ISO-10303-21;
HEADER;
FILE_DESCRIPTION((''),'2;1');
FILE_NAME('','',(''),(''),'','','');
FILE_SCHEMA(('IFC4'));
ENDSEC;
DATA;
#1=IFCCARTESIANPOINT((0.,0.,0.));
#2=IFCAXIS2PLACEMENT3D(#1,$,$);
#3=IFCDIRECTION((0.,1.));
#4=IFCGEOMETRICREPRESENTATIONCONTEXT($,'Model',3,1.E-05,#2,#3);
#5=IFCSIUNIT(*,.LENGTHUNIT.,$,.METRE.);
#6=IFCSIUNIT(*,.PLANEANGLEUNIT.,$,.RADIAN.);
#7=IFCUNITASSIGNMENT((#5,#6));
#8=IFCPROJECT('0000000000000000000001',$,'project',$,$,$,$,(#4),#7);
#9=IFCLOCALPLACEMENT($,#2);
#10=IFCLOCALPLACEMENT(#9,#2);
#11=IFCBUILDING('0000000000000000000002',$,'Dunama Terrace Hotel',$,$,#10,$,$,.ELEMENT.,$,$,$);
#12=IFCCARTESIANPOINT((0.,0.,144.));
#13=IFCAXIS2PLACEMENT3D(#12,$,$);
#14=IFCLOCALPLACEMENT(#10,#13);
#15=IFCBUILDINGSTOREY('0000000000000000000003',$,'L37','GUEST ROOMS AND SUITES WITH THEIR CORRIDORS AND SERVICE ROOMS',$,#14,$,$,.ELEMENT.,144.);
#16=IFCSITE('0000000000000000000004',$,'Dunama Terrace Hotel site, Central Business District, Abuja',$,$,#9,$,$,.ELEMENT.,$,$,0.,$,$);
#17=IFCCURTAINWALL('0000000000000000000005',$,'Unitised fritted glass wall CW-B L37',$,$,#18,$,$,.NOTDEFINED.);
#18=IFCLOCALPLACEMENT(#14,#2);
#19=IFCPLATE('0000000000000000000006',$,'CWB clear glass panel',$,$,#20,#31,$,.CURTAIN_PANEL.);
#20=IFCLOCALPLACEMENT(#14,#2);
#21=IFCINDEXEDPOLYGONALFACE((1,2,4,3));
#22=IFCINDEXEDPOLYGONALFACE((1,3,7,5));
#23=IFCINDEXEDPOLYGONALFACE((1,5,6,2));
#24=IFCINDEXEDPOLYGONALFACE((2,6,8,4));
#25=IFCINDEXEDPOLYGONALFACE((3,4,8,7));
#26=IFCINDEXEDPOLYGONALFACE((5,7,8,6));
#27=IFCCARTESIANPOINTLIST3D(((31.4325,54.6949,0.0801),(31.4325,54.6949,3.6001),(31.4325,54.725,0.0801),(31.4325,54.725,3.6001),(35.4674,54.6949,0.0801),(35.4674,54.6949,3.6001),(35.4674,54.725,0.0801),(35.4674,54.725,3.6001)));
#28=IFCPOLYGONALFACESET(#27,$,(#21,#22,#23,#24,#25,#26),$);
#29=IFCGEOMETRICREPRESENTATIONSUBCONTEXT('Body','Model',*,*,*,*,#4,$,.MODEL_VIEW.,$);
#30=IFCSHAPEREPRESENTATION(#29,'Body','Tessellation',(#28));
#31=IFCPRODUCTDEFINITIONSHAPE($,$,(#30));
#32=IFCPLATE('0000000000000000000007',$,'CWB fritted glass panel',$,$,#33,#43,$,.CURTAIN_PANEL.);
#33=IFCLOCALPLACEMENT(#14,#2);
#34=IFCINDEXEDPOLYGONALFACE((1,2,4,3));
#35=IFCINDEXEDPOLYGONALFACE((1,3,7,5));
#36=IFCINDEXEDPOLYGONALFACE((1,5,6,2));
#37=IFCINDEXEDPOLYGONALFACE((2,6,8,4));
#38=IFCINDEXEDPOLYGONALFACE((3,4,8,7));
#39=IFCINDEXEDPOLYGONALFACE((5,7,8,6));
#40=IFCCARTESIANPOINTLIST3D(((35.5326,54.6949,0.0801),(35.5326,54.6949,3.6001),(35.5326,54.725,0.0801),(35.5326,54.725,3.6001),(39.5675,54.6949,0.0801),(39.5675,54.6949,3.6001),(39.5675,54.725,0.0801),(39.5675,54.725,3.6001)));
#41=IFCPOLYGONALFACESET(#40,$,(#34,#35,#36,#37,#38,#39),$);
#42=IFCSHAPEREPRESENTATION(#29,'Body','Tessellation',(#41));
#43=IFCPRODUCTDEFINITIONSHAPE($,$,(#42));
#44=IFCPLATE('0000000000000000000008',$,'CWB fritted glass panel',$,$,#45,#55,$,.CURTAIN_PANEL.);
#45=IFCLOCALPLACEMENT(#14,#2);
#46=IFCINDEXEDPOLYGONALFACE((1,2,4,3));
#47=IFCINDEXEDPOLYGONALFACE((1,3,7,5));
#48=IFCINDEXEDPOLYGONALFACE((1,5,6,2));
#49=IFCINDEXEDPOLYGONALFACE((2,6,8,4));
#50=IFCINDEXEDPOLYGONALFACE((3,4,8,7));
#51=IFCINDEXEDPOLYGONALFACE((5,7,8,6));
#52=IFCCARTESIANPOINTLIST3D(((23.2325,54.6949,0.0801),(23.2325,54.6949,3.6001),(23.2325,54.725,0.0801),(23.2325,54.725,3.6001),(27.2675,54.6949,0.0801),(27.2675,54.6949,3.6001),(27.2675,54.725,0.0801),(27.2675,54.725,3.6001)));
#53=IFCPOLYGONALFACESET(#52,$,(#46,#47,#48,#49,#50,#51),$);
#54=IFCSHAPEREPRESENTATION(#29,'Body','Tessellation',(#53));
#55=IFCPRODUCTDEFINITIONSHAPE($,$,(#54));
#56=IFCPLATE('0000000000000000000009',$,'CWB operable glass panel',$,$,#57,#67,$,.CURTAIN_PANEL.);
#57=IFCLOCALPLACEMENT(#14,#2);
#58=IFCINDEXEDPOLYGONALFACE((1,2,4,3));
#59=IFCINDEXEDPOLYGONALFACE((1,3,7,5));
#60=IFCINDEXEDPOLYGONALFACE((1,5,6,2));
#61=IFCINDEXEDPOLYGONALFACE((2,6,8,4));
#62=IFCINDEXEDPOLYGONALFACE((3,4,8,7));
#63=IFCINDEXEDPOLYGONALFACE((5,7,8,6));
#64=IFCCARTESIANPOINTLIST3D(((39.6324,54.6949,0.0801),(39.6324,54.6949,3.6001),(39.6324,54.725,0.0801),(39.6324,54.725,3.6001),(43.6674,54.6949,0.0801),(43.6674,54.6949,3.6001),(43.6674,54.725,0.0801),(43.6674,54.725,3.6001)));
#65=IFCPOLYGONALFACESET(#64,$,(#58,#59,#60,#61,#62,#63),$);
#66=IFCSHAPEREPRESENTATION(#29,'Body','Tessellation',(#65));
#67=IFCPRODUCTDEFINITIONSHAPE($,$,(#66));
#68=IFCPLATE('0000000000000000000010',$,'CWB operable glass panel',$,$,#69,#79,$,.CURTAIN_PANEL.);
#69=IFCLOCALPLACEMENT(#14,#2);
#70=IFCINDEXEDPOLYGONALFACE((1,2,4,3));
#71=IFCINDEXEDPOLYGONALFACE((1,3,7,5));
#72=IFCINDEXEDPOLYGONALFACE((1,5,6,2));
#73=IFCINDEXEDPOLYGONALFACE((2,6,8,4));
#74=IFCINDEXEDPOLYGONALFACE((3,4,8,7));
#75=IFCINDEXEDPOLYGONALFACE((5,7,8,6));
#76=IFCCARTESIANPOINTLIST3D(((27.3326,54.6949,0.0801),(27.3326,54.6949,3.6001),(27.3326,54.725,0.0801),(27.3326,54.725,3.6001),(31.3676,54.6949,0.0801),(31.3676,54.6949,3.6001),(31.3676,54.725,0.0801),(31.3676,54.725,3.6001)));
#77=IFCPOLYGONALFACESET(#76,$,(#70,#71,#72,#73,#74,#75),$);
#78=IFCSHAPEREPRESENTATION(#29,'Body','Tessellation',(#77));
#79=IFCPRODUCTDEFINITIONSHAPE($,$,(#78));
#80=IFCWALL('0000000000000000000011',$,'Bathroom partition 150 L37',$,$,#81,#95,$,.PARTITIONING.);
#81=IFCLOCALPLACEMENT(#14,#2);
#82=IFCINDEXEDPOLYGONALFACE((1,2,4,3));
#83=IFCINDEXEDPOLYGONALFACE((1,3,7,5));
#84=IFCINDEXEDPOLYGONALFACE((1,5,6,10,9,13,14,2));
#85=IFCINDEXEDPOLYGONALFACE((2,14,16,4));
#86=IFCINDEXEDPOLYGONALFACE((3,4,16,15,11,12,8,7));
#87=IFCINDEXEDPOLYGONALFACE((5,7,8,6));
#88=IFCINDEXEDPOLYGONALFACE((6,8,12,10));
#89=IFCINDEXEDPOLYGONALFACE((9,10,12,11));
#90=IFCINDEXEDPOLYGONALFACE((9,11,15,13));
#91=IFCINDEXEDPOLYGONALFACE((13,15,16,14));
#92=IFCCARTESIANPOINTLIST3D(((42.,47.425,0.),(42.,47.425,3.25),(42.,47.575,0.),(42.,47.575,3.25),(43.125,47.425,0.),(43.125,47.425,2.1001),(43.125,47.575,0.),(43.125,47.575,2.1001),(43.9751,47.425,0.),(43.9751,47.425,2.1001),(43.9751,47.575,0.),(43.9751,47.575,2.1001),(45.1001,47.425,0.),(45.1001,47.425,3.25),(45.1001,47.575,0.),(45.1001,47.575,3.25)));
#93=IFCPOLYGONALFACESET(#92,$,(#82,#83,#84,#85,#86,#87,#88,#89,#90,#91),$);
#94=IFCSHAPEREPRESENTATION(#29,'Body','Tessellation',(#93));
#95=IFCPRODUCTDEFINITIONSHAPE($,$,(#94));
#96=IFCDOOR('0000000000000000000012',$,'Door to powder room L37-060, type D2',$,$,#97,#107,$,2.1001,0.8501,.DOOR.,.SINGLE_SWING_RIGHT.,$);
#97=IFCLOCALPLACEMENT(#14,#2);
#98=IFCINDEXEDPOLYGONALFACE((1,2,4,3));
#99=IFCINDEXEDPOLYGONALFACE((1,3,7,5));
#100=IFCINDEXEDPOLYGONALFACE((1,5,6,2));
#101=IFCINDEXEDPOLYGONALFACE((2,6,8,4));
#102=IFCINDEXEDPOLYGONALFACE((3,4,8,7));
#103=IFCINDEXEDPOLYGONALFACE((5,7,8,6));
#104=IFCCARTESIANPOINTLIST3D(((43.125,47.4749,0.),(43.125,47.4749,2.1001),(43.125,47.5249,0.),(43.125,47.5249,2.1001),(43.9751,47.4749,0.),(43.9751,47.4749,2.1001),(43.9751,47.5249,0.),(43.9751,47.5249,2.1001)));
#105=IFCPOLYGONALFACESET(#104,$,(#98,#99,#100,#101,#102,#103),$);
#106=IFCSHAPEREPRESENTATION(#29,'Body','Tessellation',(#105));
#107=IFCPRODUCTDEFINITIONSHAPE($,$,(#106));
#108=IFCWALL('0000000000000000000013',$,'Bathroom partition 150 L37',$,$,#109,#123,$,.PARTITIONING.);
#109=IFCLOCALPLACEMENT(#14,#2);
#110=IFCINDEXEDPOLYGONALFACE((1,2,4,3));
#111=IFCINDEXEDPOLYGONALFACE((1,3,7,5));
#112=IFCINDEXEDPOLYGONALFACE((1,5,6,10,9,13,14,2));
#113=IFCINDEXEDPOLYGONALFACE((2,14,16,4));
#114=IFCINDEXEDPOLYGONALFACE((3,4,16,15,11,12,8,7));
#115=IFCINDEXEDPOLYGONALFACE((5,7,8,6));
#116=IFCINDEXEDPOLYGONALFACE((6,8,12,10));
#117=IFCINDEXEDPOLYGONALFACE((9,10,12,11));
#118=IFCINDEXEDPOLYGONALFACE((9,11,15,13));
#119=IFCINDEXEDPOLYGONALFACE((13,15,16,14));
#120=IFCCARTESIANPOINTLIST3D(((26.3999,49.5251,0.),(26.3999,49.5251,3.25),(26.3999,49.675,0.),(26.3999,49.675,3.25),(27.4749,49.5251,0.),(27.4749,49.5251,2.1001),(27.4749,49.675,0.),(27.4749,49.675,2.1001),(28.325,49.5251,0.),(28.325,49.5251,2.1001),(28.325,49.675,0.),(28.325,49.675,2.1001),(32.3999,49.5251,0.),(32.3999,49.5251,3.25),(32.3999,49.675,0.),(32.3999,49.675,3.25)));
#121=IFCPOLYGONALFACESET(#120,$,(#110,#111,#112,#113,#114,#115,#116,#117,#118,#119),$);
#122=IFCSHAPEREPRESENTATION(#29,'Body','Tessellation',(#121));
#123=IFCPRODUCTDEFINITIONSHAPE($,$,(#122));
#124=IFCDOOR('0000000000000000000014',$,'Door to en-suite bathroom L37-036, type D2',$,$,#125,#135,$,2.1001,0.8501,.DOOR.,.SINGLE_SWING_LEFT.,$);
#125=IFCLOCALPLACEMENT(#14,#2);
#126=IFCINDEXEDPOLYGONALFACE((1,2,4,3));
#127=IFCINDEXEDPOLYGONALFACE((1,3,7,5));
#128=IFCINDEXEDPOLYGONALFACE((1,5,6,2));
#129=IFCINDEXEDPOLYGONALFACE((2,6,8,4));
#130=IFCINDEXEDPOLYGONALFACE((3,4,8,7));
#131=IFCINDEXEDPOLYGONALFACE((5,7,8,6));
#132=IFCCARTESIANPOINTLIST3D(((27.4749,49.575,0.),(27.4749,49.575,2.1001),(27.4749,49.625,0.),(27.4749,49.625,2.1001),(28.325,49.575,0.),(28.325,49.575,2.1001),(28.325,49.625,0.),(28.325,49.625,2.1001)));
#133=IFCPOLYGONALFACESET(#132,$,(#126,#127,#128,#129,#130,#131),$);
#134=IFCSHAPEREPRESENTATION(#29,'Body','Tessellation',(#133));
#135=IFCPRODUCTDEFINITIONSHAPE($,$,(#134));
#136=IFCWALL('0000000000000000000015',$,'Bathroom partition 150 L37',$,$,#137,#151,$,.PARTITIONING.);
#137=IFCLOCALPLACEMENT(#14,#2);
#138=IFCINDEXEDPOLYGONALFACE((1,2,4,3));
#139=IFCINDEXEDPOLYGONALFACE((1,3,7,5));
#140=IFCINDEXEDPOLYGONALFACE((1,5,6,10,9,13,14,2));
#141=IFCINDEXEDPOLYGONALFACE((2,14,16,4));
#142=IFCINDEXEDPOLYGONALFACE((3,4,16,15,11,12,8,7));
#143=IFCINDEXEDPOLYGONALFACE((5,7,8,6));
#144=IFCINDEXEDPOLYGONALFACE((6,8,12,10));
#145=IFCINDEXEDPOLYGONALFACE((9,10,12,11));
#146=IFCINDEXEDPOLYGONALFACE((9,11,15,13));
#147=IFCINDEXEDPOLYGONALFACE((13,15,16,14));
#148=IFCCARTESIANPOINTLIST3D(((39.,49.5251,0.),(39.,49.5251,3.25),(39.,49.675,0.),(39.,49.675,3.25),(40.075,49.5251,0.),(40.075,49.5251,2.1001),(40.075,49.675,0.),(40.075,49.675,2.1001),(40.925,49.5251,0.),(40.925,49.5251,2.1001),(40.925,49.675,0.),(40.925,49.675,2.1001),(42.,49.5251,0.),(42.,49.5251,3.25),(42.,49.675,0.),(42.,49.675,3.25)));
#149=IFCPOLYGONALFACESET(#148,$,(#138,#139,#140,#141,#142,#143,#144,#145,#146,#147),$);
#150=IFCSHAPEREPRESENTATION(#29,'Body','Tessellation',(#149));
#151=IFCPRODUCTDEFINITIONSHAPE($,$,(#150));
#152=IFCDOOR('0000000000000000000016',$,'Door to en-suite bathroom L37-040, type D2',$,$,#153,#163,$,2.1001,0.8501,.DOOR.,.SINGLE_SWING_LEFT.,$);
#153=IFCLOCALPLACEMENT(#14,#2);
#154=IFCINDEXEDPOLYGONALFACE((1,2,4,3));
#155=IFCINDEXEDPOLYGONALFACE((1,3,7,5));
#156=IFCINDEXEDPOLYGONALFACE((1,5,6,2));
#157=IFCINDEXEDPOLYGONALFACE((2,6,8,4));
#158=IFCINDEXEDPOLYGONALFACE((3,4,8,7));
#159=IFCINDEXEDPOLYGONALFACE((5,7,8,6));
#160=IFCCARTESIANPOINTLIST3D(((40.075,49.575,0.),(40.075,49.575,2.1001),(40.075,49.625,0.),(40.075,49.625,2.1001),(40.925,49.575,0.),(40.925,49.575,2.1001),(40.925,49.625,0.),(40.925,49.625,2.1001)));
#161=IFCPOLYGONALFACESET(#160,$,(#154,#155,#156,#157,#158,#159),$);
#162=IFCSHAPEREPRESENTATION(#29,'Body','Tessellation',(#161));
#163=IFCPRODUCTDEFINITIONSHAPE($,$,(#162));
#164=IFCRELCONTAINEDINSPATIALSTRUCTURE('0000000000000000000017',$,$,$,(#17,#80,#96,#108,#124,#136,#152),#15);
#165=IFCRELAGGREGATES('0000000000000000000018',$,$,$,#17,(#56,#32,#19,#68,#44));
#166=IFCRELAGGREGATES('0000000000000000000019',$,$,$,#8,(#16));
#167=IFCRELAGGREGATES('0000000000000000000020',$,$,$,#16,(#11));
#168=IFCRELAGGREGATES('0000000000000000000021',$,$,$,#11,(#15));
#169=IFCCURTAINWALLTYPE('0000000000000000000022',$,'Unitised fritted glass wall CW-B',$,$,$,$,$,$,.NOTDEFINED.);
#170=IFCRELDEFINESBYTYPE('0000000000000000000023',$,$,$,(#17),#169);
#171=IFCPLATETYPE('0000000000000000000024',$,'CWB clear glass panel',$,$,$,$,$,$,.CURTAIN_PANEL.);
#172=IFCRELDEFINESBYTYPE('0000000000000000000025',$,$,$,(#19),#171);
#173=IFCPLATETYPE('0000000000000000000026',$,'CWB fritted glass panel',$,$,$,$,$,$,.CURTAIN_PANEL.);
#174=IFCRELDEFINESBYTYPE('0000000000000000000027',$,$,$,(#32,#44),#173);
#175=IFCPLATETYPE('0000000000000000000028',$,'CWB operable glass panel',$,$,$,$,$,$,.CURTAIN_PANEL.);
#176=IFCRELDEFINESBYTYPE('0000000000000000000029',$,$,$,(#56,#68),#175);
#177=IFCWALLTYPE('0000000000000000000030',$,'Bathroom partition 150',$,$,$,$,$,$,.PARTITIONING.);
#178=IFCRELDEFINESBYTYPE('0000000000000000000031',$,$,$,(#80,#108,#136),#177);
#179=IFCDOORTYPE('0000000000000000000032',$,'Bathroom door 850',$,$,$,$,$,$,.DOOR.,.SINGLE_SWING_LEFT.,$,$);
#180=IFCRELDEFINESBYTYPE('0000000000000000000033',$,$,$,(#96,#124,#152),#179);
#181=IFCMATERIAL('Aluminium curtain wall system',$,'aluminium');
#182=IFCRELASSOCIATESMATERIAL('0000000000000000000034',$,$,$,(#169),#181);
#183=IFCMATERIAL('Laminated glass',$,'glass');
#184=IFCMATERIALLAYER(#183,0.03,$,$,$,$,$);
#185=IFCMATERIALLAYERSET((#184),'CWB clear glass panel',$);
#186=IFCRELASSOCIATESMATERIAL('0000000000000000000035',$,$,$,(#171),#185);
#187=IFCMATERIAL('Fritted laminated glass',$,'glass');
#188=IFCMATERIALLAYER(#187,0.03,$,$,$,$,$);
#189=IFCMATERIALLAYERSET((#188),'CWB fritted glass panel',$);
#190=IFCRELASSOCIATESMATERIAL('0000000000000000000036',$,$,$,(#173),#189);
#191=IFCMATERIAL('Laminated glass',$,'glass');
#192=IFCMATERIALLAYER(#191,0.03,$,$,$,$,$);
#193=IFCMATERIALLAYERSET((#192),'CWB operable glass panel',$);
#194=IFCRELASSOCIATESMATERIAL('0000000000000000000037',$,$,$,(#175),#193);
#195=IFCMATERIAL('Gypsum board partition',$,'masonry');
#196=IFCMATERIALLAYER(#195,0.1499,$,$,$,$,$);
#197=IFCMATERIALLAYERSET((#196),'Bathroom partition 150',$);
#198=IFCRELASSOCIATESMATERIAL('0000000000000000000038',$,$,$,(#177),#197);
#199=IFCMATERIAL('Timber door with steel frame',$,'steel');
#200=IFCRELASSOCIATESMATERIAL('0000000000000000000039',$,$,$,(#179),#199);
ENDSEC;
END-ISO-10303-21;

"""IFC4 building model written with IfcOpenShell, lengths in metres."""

from ifc_helpers import new_model, si_unit, direction, frame, frame_2d, origin, origin_2d, place, context, subcontext, project, spatial, rectangle, extrude, material, layer, layer_set, type_object, element, fill, aggregate, save


model = new_model("IFC4")

# Units and contexts
model_context = context("Model", 3, precision=1e-05, world=origin(), true_north=direction((0.0, 1.0)))
body_context = subcontext(model_context, "Body", "Model", "MODEL_VIEW")
ifc_project = project(units=[si_unit("LENGTHUNIT", "METRE"), si_unit("PLANEANGLEUNIT", "RADIAN")], contexts=[model_context])

# Site, building, storey
site_placement = place(None, origin())
site = spatial("IfcSite", under=ifc_project, at=site_placement, Name="Dunama Terrace Hotel site, Central Business District, Abuja", CompositionType="ELEMENT", RefElevation=0.0)
building_placement = place(site_placement, origin())
building = spatial("IfcBuilding", under=site, at=building_placement, Name="Dunama Terrace Hotel", CompositionType="ELEMENT")
storey_placement = place(building_placement, frame((0.0, 0.0, 144.0)))
storey = spatial("IfcBuildingStorey", under=building, at=storey_placement, Name="L37", Description="GUEST ROOMS AND SUITES WITH THEIR CORRIDORS AND SERVICE ROOMS", CompositionType="ELEMENT", Elevation=144.0)

# Curtain wall
ifc_material_1 = material(Name="Aluminium curtain wall system", Category="aluminium")
curtain_wall_type = type_object("IfcCurtainWallType", Name="Unitised fritted glass wall CW-B", PredefinedType="NOTDEFINED", material=ifc_material_1)
curtain_wall_placement = place(storey_placement, origin())
curtain_wall = element("IfcCurtainWall", 1, at=curtain_wall_placement, inside=storey, type_object=curtain_wall_type, Name="Unitised fritted glass wall CW-B L37", PredefinedType="NOTDEFINED")

# Plates
ifc_material_2 = material(Name="Laminated glass", Category="glass")
ifc_layer_1 = layer(ifc_material_2, 0.03)
ifc_layer_set_1 = layer_set([ifc_layer_1], Name="CWB clear glass panel")
plate_type_1 = type_object("IfcPlateType", Name="CWB clear glass panel", PredefinedType="CURTAIN_PANEL", material=ifc_layer_set_1)
plate_1_placement = place(storey_placement, frame((33.45, 54.71, 0.0801), z_axis=(0.0, 0.0, 1.0), x_axis=(-1.0, 0.0, 0.0)))
plate_1 = element("IfcPlate", 2, at=plate_1_placement, type_object=plate_type_1, Name="CWB clear glass panel", PredefinedType="CURTAIN_PANEL", context=body_context, shape_type="SweptSolid", body=[
    extrude(rectangle(XDim=4.0349, YDim=0.03, at=origin_2d()), origin(), (0.0, 0.0, 1.0), 3.52),
])
ifc_material_3 = material(Name="Fritted laminated glass", Category="glass")
ifc_layer_2 = layer(ifc_material_3, 0.03)
ifc_layer_set_2 = layer_set([ifc_layer_2], Name="CWB fritted glass panel")
plate_type_2 = type_object("IfcPlateType", Name="CWB fritted glass panel", PredefinedType="CURTAIN_PANEL", material=ifc_layer_set_2)
plate_2_placement = place(storey_placement, frame((37.55, 54.71, 0.0801), z_axis=(0.0, 0.0, 1.0), x_axis=(-1.0, 0.0, 0.0)))
plate_2 = element("IfcPlate", 3, at=plate_2_placement, type_object=plate_type_2, Name="CWB fritted glass panel", PredefinedType="CURTAIN_PANEL", context=body_context, shape_type="SweptSolid", body=[
    extrude(rectangle(XDim=4.0349, YDim=0.03, at=origin_2d()), origin(), (0.0, 0.0, 1.0), 3.52),
])
plate_3_placement = place(storey_placement, frame((25.25, 54.71, 0.0801), z_axis=(0.0, 0.0, 1.0), x_axis=(-1.0, 0.0, 0.0)))
plate_3 = element("IfcPlate", 4, at=plate_3_placement, type_object=plate_type_2, Name="CWB fritted glass panel", PredefinedType="CURTAIN_PANEL", context=body_context, shape_type="SweptSolid", body=[
    extrude(rectangle(XDim=4.0349, YDim=0.03, at=origin_2d()), origin(), (0.0, 0.0, 1.0), 3.52),
])
ifc_material_4 = material(Name="Laminated glass", Category="glass")
ifc_layer_3 = layer(ifc_material_4, 0.03)
ifc_layer_set_3 = layer_set([ifc_layer_3], Name="CWB operable glass panel")
plate_type_3 = type_object("IfcPlateType", Name="CWB operable glass panel", PredefinedType="CURTAIN_PANEL", material=ifc_layer_set_3)
plate_4_placement = place(storey_placement, frame((41.6499, 54.71, 0.0801), z_axis=(0.0, 0.0, 1.0), x_axis=(-1.0, 0.0, 0.0)))
plate_4 = element("IfcPlate", 5, at=plate_4_placement, type_object=plate_type_3, Name="CWB operable glass panel", PredefinedType="CURTAIN_PANEL", context=body_context, shape_type="SweptSolid", body=[
    extrude(rectangle(XDim=4.0349, YDim=0.03, at=origin_2d()), origin(), (0.0, 0.0, 1.0), 3.52),
])
plate_5_placement = place(storey_placement, frame((29.3501, 54.71, 0.0801), z_axis=(0.0, 0.0, 1.0), x_axis=(-1.0, 0.0, 0.0)))
plate_5 = element("IfcPlate", 6, at=plate_5_placement, type_object=plate_type_3, Name="CWB operable glass panel", PredefinedType="CURTAIN_PANEL", context=body_context, shape_type="SweptSolid", body=[
    extrude(rectangle(XDim=4.0349, YDim=0.03, at=origin_2d()), origin(), (0.0, 0.0, 1.0), 3.52),
])
aggregate(curtain_wall, [plate_4, plate_2, plate_1, plate_5, plate_3])

# Walls, openings, doors
ifc_material_5 = material(Name="Gypsum board partition", Category="masonry")
ifc_layer_4 = layer(ifc_material_5, 0.1499)
ifc_layer_set_4 = layer_set([ifc_layer_4], Name="Bathroom partition 150")
wall_type_1 = type_object("IfcWallType", Name="Bathroom partition 150", PredefinedType="PARTITIONING", material=ifc_layer_set_4)
wall_1_placement = place(storey_placement, frame((42.0, 47.5, 0.0), z_axis=(0.0, 0.0, 1.0), x_axis=(1.0, 0.0, 0.0)))
wall_1 = element("IfcWall", 7, at=wall_1_placement, inside=storey, type_object=wall_type_1, Name="Bathroom partition 150 L37", PredefinedType="PARTITIONING", context=body_context, shape_type="SweptSolid", body=[
    extrude(rectangle(XDim=3.1001, YDim=0.1499, at=frame_2d((1.55, 0.0))), origin(), (0.0, 0.0, 1.0), 3.25),
])
opening_1_placement = place(wall_1_placement, frame((1.125, 0.0, 0.0)))
opening_1 = element("IfcOpeningElement", 8, at=opening_1_placement, cuts=wall_1, PredefinedType="OPENING", context=body_context, shape_type="SweptSolid", body=[
    extrude(rectangle(XDim=0.8501, YDim=2.1001, at=frame_2d((0.425, 1.05))), frame((0.0, 0.085, 0.0), z_axis=(0.0, -1.0, 0.0), x_axis=(1.0, 0.0, 0.0)), (0.0, 0.0, 1.0), 0.1699),
])
ifc_material_6 = material(Name="Timber door with steel frame", Category="steel")
door_type_1 = type_object("IfcDoorType", Name="Bathroom door 850", OperationType="SINGLE_SWING_LEFT", PredefinedType="DOOR", material=ifc_material_6)
door_1_placement = place(opening_1_placement, frame((0.8501, 0.0, 0.0), z_axis=(0.0, 0.0, 1.0), x_axis=(-1.0, 0.0, 0.0)))
door_1 = element("IfcDoor", 9, at=door_1_placement, inside=storey, type_object=door_type_1, Name="Door to powder room L37-060, type D2", OperationType="SINGLE_SWING_RIGHT", OverallHeight=2.1001, OverallWidth=0.8501, PredefinedType="DOOR", context=body_context, shape_type="SweptSolid", body=[
    extrude(rectangle(XDim=0.8501, YDim=2.1001, at=frame_2d((0.425, 1.05))), frame((0.0, 0.0251, 0.0), z_axis=(0.0, -1.0, 0.0), x_axis=(1.0, 0.0, 0.0)), (0.0, 0.0, 1.0), 0.05),
])
fill(opening_1, door_1)
wall_2_placement = place(storey_placement, frame((26.3999, 49.6001, 0.0), z_axis=(0.0, 0.0, 1.0), x_axis=(1.0, 0.0, 0.0)))
wall_2 = element("IfcWall", 10, at=wall_2_placement, inside=storey, type_object=wall_type_1, Name="Bathroom partition 150 L37", PredefinedType="PARTITIONING", context=body_context, shape_type="SweptSolid", body=[
    extrude(rectangle(XDim=6.0, YDim=0.1499, at=frame_2d((3.0, 0.0))), origin(), (0.0, 0.0, 1.0), 3.25),
])
opening_2_placement = place(wall_2_placement, frame((1.075, 0.0, 0.0)))
opening_2 = element("IfcOpeningElement", 11, at=opening_2_placement, cuts=wall_2, PredefinedType="OPENING", context=body_context, shape_type="SweptSolid", body=[
    extrude(rectangle(XDim=0.8501, YDim=2.1001, at=frame_2d((0.425, 1.05))), frame((0.0, 0.085, 0.0), z_axis=(0.0, -1.0, 0.0), x_axis=(1.0, 0.0, 0.0)), (0.0, 0.0, 1.0), 0.1699),
])
door_2_placement = place(opening_2_placement, frame((0.8501, 0.0, 0.0), z_axis=(0.0, 0.0, 1.0), x_axis=(-1.0, 0.0, 0.0)))
door_2 = element("IfcDoor", 12, at=door_2_placement, inside=storey, type_object=door_type_1, Name="Door to en-suite bathroom L37-036, type D2", OperationType="SINGLE_SWING_LEFT", OverallHeight=2.1001, OverallWidth=0.8501, PredefinedType="DOOR", context=body_context, shape_type="SweptSolid", body=[
    extrude(rectangle(XDim=0.8501, YDim=2.1001, at=frame_2d((0.425, 1.05))), frame((0.0, 0.0251, 0.0), z_axis=(0.0, -1.0, 0.0), x_axis=(1.0, 0.0, 0.0)), (0.0, 0.0, 1.0), 0.05),
])
fill(opening_2, door_2)
wall_3_placement = place(storey_placement, frame((39.0, 49.6001, 0.0), z_axis=(0.0, 0.0, 1.0), x_axis=(1.0, 0.0, 0.0)))
wall_3 = element("IfcWall", 13, at=wall_3_placement, inside=storey, type_object=wall_type_1, Name="Bathroom partition 150 L37", PredefinedType="PARTITIONING", context=body_context, shape_type="SweptSolid", body=[
    extrude(rectangle(XDim=3.0, YDim=0.1499, at=frame_2d((1.5, 0.0))), origin(), (0.0, 0.0, 1.0), 3.25),
])
opening_3_placement = place(wall_3_placement, frame((1.075, 0.0, 0.0)))
opening_3 = element("IfcOpeningElement", 14, at=opening_3_placement, cuts=wall_3, PredefinedType="OPENING", context=body_context, shape_type="SweptSolid", body=[
    extrude(rectangle(XDim=0.8501, YDim=2.1001, at=frame_2d((0.425, 1.05))), frame((0.0, 0.085, 0.0), z_axis=(0.0, -1.0, 0.0), x_axis=(1.0, 0.0, 0.0)), (0.0, 0.0, 1.0), 0.1699),
])
door_3_placement = place(opening_3_placement, frame((0.8501, 0.0, 0.0), z_axis=(0.0, 0.0, 1.0), x_axis=(-1.0, 0.0, 0.0)))
door_3 = element("IfcDoor", 15, at=door_3_placement, inside=storey, type_object=door_type_1, Name="Door to en-suite bathroom L37-040, type D2", OperationType="SINGLE_SWING_LEFT", OverallHeight=2.1001, OverallWidth=0.8501, PredefinedType="DOOR", context=body_context, shape_type="SweptSolid", body=[
    extrude(rectangle(XDim=0.8501, YDim=2.1001, at=frame_2d((0.425, 1.05))), frame((0.0, 0.0251, 0.0), z_axis=(0.0, -1.0, 0.0), x_axis=(1.0, 0.0, 0.0)), (0.0, 0.0, 1.0), 0.05),
])
fill(opening_3, door_3)

save(model, "model.ifc")
